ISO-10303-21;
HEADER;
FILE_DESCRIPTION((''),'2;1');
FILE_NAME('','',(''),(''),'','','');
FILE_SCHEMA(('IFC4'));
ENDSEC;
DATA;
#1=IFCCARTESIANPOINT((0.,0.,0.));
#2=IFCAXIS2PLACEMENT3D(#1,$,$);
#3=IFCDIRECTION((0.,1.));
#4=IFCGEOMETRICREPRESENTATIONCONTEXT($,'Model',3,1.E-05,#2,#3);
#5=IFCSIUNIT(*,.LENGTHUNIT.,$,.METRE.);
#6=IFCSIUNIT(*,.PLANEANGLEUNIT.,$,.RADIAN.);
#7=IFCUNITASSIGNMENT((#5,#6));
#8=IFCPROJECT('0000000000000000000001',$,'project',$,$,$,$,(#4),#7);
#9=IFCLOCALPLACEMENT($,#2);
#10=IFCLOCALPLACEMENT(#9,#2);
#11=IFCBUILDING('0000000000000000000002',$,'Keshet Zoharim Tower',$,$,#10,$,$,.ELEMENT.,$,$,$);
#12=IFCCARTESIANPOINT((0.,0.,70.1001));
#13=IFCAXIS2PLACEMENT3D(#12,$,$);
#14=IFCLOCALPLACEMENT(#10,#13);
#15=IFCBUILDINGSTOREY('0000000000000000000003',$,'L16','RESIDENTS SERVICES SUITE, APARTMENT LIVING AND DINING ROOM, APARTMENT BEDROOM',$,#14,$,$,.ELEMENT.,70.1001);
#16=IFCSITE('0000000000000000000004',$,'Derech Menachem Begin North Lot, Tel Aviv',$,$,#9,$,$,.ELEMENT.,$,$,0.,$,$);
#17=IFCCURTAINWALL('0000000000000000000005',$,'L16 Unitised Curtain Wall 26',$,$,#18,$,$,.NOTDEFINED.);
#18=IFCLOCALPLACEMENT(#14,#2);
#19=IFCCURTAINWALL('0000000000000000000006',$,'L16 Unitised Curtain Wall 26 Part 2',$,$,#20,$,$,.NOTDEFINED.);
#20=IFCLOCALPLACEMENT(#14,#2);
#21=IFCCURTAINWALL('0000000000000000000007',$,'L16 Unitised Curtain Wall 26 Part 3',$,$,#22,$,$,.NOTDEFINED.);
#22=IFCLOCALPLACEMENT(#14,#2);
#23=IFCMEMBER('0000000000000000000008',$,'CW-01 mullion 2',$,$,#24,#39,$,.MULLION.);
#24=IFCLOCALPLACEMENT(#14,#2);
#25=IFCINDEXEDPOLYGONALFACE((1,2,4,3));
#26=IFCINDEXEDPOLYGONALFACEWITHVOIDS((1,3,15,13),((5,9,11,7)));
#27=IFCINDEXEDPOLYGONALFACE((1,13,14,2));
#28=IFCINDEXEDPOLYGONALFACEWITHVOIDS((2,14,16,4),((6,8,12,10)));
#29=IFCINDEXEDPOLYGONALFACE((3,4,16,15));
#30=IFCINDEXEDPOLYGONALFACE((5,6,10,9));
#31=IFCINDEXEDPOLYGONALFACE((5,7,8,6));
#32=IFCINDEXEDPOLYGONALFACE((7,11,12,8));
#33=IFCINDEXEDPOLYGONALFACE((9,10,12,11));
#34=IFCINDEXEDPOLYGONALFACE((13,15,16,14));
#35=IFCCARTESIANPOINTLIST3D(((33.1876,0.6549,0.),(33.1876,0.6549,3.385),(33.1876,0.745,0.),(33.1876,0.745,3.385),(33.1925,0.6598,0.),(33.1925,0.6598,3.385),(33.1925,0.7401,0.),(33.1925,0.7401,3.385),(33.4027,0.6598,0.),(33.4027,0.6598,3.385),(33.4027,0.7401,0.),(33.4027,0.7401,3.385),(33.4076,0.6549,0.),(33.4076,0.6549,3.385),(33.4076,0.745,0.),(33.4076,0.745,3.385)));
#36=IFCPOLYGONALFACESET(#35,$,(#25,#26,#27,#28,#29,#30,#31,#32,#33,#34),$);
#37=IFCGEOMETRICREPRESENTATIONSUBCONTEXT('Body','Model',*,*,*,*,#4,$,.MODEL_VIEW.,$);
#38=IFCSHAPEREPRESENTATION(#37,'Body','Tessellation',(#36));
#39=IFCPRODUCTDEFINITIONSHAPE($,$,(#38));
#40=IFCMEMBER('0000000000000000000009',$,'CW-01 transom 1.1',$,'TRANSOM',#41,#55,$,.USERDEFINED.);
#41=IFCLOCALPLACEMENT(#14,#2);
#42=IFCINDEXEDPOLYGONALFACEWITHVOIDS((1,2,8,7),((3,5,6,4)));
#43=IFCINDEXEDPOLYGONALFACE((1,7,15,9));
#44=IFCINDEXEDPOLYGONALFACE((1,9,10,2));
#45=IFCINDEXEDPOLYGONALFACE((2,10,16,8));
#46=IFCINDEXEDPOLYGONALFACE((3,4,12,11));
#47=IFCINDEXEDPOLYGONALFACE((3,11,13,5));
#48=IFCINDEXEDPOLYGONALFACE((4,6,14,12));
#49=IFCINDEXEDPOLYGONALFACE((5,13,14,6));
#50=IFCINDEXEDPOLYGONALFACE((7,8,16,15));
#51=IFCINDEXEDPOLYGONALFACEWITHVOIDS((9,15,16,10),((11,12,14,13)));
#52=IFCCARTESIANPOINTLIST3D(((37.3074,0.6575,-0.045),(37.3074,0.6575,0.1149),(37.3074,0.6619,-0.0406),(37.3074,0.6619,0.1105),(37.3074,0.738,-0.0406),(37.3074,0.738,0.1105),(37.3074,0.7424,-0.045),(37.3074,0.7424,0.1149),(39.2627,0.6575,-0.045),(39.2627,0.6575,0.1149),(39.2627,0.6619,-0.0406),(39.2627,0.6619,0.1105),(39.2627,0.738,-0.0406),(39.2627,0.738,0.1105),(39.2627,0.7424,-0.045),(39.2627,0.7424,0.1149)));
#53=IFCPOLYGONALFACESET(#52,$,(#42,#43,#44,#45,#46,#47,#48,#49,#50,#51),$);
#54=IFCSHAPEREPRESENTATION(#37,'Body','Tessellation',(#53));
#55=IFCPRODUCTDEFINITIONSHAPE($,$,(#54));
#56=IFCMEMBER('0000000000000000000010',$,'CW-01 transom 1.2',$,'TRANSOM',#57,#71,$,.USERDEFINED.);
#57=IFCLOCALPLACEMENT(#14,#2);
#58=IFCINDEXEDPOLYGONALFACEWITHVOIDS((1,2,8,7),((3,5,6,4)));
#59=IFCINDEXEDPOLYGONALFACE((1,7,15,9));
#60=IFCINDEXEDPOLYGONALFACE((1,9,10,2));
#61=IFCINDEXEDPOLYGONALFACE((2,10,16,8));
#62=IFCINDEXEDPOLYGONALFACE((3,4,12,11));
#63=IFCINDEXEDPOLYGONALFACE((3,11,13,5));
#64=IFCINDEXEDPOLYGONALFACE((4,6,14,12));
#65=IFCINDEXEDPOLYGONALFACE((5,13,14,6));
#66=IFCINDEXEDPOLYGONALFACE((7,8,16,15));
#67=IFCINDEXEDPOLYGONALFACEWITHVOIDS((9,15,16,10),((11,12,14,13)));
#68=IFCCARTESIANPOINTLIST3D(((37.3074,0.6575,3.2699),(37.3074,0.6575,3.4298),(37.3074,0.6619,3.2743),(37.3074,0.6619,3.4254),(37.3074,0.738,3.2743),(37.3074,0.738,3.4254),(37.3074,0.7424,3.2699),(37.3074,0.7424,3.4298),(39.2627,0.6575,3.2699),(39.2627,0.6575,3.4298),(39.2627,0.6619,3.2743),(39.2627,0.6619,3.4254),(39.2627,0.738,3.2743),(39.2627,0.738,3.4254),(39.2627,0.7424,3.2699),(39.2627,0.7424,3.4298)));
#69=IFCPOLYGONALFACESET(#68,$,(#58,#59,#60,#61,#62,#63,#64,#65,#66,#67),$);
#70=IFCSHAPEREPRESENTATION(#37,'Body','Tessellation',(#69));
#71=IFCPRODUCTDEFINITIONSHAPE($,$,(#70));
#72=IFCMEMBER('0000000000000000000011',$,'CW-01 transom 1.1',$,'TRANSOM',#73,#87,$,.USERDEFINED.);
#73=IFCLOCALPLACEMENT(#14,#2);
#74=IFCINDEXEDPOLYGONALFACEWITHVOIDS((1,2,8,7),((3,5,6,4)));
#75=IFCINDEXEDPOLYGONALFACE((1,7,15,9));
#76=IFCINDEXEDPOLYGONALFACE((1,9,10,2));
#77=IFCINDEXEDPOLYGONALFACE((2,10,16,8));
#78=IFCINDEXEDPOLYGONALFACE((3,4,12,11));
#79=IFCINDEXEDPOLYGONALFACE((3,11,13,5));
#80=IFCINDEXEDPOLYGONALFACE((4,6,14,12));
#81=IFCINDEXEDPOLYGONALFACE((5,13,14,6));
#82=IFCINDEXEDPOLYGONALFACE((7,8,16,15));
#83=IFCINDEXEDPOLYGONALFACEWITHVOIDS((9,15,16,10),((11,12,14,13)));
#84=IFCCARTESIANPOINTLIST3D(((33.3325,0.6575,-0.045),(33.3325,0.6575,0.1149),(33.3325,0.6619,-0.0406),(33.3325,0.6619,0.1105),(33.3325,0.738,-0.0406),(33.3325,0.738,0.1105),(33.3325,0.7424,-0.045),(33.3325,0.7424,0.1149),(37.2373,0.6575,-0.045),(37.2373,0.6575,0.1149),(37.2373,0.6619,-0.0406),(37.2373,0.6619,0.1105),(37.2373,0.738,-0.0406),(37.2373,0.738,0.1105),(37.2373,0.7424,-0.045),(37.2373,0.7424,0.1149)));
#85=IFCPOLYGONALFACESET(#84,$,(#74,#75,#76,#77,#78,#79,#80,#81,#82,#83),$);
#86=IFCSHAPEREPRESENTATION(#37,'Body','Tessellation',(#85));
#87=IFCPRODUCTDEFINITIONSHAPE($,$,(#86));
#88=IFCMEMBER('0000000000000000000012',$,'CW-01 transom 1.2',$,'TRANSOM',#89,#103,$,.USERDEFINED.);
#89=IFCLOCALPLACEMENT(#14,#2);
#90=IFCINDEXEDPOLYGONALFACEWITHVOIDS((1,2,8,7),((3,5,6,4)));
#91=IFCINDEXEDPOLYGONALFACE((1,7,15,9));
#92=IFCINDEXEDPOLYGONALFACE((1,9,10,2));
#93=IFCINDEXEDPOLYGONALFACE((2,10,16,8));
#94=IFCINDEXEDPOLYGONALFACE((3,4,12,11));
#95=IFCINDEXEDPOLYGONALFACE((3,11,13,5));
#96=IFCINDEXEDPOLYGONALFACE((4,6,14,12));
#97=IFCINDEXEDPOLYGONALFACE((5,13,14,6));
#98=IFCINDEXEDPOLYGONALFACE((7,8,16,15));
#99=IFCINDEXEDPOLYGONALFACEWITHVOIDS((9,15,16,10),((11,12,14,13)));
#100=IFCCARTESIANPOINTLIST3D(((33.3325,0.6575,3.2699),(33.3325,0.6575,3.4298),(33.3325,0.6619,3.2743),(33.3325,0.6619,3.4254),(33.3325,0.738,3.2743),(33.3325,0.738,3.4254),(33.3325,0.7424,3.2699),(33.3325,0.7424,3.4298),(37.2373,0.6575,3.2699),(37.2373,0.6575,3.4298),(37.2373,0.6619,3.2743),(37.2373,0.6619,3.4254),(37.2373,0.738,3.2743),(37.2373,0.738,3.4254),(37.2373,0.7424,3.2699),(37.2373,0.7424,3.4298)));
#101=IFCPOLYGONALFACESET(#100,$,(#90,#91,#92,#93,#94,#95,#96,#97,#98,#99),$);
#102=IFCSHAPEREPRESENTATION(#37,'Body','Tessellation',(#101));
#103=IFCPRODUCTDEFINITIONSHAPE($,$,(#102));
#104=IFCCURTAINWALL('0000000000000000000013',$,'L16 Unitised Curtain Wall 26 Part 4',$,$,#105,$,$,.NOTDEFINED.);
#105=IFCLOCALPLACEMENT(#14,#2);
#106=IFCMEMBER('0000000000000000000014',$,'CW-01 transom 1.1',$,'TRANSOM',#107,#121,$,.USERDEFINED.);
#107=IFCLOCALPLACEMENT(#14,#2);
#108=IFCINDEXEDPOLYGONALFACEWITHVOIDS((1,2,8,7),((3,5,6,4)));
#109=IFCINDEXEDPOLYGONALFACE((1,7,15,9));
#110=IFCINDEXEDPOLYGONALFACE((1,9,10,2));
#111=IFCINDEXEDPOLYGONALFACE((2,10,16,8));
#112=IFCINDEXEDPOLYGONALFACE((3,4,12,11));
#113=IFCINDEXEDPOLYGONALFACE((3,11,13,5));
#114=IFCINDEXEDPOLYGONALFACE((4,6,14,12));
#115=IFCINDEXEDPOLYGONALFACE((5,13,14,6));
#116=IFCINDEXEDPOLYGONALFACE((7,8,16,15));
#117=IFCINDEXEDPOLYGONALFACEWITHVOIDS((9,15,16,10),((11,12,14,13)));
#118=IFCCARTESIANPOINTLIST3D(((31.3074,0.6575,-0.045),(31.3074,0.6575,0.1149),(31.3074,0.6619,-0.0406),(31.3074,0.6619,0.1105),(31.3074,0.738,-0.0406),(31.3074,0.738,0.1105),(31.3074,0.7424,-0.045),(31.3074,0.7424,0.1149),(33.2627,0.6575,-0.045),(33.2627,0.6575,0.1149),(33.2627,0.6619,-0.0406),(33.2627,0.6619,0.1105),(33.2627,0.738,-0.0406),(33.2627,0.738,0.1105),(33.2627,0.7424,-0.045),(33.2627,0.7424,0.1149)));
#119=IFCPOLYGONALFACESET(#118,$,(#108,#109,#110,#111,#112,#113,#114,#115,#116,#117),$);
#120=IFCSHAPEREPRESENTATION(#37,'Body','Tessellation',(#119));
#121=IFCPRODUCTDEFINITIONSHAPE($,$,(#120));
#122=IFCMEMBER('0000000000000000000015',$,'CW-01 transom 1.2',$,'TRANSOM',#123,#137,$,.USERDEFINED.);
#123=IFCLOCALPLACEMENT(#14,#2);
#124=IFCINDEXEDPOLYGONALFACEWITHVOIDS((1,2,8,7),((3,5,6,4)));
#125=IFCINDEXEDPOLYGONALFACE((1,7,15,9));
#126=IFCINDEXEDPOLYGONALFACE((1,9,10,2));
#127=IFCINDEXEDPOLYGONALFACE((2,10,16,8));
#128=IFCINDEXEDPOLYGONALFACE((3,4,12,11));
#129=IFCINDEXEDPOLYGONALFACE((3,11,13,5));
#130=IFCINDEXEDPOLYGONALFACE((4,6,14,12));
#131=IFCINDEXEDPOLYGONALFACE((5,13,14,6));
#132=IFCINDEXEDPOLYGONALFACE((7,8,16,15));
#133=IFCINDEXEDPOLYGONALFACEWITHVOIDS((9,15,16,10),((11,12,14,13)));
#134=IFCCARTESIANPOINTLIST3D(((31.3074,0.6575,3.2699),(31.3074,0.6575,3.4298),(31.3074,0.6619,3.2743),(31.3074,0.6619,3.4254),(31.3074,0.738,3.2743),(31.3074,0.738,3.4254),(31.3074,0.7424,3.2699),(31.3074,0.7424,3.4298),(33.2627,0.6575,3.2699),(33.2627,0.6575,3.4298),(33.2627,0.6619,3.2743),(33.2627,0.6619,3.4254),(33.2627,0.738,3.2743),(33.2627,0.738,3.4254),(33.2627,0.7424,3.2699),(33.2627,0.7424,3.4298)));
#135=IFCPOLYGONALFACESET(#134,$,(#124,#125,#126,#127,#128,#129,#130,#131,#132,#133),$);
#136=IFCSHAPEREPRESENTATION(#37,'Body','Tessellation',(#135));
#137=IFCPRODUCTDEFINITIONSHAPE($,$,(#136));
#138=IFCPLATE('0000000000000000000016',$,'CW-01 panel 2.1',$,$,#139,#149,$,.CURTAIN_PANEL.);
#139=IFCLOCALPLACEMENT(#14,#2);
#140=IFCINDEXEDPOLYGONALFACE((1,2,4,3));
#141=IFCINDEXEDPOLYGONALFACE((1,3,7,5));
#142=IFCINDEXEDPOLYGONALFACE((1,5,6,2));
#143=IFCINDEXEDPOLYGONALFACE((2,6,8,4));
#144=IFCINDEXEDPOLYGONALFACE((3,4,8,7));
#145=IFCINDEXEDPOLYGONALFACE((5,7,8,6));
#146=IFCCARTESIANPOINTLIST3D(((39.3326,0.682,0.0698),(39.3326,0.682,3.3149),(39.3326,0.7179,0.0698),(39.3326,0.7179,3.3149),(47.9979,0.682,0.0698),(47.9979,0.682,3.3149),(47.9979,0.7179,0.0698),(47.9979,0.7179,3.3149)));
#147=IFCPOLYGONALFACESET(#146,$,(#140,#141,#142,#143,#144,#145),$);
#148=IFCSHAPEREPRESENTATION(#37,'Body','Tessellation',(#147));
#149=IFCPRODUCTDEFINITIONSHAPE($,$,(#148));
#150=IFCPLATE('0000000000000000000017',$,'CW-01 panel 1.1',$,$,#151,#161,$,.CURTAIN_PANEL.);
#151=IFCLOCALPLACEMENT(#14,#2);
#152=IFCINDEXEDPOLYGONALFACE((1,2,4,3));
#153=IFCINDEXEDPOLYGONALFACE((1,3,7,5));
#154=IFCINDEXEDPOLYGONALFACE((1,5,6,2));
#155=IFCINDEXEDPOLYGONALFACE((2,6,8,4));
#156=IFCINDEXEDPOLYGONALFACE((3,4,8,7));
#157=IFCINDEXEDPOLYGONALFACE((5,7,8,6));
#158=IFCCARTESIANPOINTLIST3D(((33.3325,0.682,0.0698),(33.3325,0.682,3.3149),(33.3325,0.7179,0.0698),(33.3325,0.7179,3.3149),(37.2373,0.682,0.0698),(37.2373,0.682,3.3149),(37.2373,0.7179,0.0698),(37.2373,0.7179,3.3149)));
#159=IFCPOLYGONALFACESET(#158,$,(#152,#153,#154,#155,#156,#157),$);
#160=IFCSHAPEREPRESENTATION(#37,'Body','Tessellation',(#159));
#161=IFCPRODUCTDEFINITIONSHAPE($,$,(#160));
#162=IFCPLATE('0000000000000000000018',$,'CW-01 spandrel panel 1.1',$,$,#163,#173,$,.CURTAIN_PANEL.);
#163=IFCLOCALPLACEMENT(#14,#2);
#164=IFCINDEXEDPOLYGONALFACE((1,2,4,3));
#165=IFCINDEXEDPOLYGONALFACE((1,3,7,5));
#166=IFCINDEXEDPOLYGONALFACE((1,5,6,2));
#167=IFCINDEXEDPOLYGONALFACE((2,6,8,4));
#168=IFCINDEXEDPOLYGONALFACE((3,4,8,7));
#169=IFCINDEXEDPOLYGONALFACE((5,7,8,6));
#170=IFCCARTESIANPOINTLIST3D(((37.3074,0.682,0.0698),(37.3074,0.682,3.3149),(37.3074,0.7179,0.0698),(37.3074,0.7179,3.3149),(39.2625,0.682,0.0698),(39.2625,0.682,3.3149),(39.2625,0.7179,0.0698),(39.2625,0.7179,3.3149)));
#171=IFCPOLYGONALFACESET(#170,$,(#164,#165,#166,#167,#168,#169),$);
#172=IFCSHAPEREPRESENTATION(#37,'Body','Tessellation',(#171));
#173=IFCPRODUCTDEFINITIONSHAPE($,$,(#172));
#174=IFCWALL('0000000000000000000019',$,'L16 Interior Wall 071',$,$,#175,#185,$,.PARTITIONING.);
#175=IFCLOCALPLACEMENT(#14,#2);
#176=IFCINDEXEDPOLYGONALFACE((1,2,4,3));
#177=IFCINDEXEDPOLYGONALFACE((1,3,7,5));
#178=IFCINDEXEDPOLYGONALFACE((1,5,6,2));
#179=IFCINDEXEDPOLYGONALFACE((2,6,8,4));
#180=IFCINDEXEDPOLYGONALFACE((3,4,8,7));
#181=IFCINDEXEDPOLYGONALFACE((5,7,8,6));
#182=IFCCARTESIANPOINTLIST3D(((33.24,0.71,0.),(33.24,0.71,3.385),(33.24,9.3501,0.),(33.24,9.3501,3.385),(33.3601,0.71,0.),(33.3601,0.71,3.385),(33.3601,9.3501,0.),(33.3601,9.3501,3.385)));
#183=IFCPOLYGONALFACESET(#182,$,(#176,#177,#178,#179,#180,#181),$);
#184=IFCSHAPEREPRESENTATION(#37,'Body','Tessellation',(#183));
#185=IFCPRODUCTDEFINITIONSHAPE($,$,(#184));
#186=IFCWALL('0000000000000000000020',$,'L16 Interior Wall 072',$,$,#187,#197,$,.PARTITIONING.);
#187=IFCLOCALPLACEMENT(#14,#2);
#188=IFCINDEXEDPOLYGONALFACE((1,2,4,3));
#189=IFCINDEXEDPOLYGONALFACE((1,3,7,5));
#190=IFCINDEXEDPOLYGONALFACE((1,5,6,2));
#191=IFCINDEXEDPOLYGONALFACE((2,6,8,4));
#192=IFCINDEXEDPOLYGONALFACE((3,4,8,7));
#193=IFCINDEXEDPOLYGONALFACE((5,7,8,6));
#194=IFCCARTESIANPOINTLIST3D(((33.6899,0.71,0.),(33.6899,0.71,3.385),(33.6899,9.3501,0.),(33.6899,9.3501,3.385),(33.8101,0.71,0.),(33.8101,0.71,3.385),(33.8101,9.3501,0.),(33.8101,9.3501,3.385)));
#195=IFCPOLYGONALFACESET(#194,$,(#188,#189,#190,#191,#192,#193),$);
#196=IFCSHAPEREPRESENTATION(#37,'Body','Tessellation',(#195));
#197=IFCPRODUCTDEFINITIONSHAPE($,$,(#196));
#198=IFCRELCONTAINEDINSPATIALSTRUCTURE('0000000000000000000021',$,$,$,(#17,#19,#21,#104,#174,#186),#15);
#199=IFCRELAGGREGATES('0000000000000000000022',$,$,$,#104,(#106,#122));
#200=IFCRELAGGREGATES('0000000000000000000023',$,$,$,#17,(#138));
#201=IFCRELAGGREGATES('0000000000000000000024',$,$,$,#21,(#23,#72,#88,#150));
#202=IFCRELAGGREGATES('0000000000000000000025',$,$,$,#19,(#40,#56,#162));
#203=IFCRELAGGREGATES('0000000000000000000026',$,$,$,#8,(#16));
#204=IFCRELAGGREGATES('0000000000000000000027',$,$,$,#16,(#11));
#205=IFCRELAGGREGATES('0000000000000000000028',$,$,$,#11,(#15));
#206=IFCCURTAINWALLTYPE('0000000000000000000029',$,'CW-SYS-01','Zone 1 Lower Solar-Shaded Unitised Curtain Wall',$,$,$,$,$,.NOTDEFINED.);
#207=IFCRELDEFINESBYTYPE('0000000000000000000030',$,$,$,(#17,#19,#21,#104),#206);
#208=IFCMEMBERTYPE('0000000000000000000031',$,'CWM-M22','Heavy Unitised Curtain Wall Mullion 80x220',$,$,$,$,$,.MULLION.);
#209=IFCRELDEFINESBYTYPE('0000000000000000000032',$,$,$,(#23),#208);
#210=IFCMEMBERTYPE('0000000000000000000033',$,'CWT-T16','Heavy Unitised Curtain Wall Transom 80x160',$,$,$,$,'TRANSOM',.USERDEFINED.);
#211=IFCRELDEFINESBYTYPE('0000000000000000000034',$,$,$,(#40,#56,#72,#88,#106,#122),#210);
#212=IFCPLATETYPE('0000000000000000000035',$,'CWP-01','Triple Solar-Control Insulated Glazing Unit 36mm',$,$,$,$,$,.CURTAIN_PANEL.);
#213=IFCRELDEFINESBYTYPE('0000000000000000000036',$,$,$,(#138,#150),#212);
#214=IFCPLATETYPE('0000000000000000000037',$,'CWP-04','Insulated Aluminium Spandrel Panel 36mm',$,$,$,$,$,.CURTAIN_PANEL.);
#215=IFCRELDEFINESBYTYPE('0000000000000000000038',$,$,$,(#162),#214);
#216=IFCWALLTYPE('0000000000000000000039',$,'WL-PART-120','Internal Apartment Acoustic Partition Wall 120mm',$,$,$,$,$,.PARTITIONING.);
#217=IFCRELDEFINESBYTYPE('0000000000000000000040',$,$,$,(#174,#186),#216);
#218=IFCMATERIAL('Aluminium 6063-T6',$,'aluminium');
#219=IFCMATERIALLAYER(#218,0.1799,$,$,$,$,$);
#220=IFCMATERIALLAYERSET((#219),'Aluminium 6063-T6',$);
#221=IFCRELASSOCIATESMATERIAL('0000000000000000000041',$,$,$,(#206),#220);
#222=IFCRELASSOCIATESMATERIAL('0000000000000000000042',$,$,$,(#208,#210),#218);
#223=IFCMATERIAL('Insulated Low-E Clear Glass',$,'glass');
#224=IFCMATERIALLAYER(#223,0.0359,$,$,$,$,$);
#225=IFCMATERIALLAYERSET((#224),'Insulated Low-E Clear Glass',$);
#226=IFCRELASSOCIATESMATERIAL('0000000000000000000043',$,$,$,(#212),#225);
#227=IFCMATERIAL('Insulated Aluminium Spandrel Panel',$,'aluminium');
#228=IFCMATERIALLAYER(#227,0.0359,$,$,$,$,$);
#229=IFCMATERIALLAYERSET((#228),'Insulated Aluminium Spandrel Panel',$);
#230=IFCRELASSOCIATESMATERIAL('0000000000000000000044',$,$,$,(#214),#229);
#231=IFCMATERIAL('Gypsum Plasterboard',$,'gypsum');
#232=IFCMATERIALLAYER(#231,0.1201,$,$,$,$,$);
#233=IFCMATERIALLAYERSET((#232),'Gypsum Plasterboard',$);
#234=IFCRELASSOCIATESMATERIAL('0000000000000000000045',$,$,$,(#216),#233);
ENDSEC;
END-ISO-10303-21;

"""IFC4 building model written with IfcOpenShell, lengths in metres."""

from ifc_helpers import new_model, si_unit, direction, frame, frame_2d, origin, origin_2d, place, context, subcontext, project, spatial, rectangle, hollow_rectangle, extrude, material, layer, layer_set, material_profile, profile_set, type_object, element, aggregate, save


model = new_model("IFC4")

# Units and contexts
model_context = context("Model", 3, precision=1e-05, world=origin(), true_north=direction((0.0, 1.0)))
body_context = subcontext(model_context, "Body", "Model", "MODEL_VIEW")
ifc_project = project(units=[si_unit("LENGTHUNIT", "METRE"), si_unit("PLANEANGLEUNIT", "RADIAN")], contexts=[model_context])

# Site, building, storey
site_placement = place(None, origin())
site = spatial("IfcSite", under=ifc_project, at=site_placement, Name="Derech Menachem Begin North Lot, Tel Aviv", CompositionType="ELEMENT", RefElevation=0.0)
building_placement = place(site_placement, origin())
building = spatial("IfcBuilding", under=site, at=building_placement, Name="Keshet Zoharim Tower", CompositionType="ELEMENT")
storey_placement = place(building_placement, frame((0.0, 0.0, 70.1001)))
storey = spatial("IfcBuildingStorey", under=building, at=storey_placement, Name="L16", Description="RESIDENTS SERVICES SUITE, APARTMENT LIVING AND DINING ROOM, APARTMENT BEDROOM", CompositionType="ELEMENT", Elevation=70.1001)

# Curtain walls, member
ifc_material_1 = material(Name="Aluminium 6063-T6", Category="aluminium")
ifc_layer_1 = layer(ifc_material_1, 0.1799)
ifc_layer_set_1 = layer_set([ifc_layer_1], Name="Aluminium 6063-T6")
curtain_wall_type = type_object("IfcCurtainWallType", Name="CW-SYS-01", Description="Zone 1 Lower Solar-Shaded Unitised Curtain Wall", PredefinedType="NOTDEFINED", material=ifc_layer_set_1)
curtain_wall_1_placement = place(storey_placement, origin())
curtain_wall_1 = element("IfcCurtainWall", 1, at=curtain_wall_1_placement, inside=storey, type_object=curtain_wall_type, Name="L16 Unitised Curtain Wall 26", PredefinedType="NOTDEFINED")
ifc_material_profile_1 = material_profile(ifc_material_1, hollow_rectangle(XDim=0.0901, YDim=0.22, WallThickness=0.0049, at=origin_2d()), Name="MUL-90x220")
ifc_profile_set_1 = profile_set([ifc_material_profile_1], Name="Aluminium 6063-T6")
member_type_1 = type_object("IfcMemberType", Name="CWM-M22", Description="Heavy Unitised Curtain Wall Mullion 80x220", PredefinedType="MULLION", material=ifc_profile_set_1)
curtain_wall_2_placement = place(storey_placement, origin())
curtain_wall_2 = element("IfcCurtainWall", 2, at=curtain_wall_2_placement, inside=storey, type_object=curtain_wall_type, Name="L16 Unitised Curtain Wall 26 Part 2", PredefinedType="NOTDEFINED")
curtain_wall_3_placement = place(storey_placement, origin())
curtain_wall_3 = element("IfcCurtainWall", 3, at=curtain_wall_3_placement, inside=storey, type_object=curtain_wall_type, Name="L16 Unitised Curtain Wall 26 Part 3", PredefinedType="NOTDEFINED")
member_1_placement = place(storey_placement, frame((33.2976, 0.7, 0.0), z_axis=(0.0, 0.0, 1.0), x_axis=(0.0, -1.0, 0.0)))
member_1 = element("IfcMember", 4, at=member_1_placement, type_object=member_type_1, Name="CW-01 mullion 2", PredefinedType="MULLION", context=body_context, shape_type="SweptSolid", body=[
    extrude(hollow_rectangle(XDim=0.0901, YDim=0.22, WallThickness=0.0049, at=origin_2d()), origin(), (0.0, 0.0, 1.0), 3.385),
])

# Members
ifc_material_profile_2 = material_profile(ifc_material_1, hollow_rectangle(XDim=0.085, YDim=0.1599, WallThickness=0.0044, at=origin_2d()), Name="TRN-85x160")
ifc_profile_set_2 = profile_set([ifc_material_profile_2], Name="Aluminium 6063-T6")
member_type_2 = type_object("IfcMemberType", Name="CWT-T16", Description="Heavy Unitised Curtain Wall Transom 80x160", ElementType="TRANSOM", PredefinedType="USERDEFINED", material=ifc_profile_set_2)
member_2_placement = place(storey_placement, frame((39.2627, 0.7, 0.0349), z_axis=(-1.0, 0.0, 0.0), x_axis=(0.0, -1.0, 0.0)))
member_2 = element("IfcMember", 5, at=member_2_placement, type_object=member_type_2, Name="CW-01 transom 1.1", ObjectType="TRANSOM", PredefinedType="USERDEFINED", context=body_context, shape_type="SweptSolid", body=[
    extrude(hollow_rectangle(XDim=0.085, YDim=0.1599, WallThickness=0.0044, at=origin_2d()), origin(), (0.0, 0.0, 1.0), 1.9553),
])
member_3_placement = place(storey_placement, frame((39.2627, 0.7, 3.3499), z_axis=(-1.0, 0.0, 0.0), x_axis=(0.0, -1.0, 0.0)))
member_3 = element("IfcMember", 6, at=member_3_placement, type_object=member_type_2, Name="CW-01 transom 1.2", ObjectType="TRANSOM", PredefinedType="USERDEFINED", context=body_context, shape_type="SweptSolid", body=[
    extrude(hollow_rectangle(XDim=0.085, YDim=0.1599, WallThickness=0.0044, at=origin_2d()), origin(), (0.0, 0.0, 1.0), 1.9553),
])
member_4_placement = place(storey_placement, frame((37.2373, 0.7, 0.0349), z_axis=(-1.0, 0.0, 0.0), x_axis=(0.0, -1.0, 0.0)))
member_4 = element("IfcMember", 7, at=member_4_placement, type_object=member_type_2, Name="CW-01 transom 1.1", ObjectType="TRANSOM", PredefinedType="USERDEFINED", context=body_context, shape_type="SweptSolid", body=[
    extrude(hollow_rectangle(XDim=0.085, YDim=0.1599, WallThickness=0.0044, at=origin_2d()), origin(), (0.0, 0.0, 1.0), 3.9048),
])
member_5_placement = place(storey_placement, frame((37.2373, 0.7, 3.3499), z_axis=(-1.0, 0.0, 0.0), x_axis=(0.0, -1.0, 0.0)))
member_5 = element("IfcMember", 8, at=member_5_placement, type_object=member_type_2, Name="CW-01 transom 1.2", ObjectType="TRANSOM", PredefinedType="USERDEFINED", context=body_context, shape_type="SweptSolid", body=[
    extrude(hollow_rectangle(XDim=0.085, YDim=0.1599, WallThickness=0.0044, at=origin_2d()), origin(), (0.0, 0.0, 1.0), 3.9048),
])

# Curtain wall, members
curtain_wall_4_placement = place(storey_placement, origin())
curtain_wall_4 = element("IfcCurtainWall", 9, at=curtain_wall_4_placement, inside=storey, type_object=curtain_wall_type, Name="L16 Unitised Curtain Wall 26 Part 4", PredefinedType="NOTDEFINED")
member_6_placement = place(storey_placement, frame((33.2627, 0.7, 0.0349), z_axis=(-1.0, 0.0, 0.0), x_axis=(0.0, -1.0, 0.0)))
member_6 = element("IfcMember", 10, at=member_6_placement, type_object=member_type_2, Name="CW-01 transom 1.1", ObjectType="TRANSOM", PredefinedType="USERDEFINED", context=body_context, shape_type="SweptSolid", body=[
    extrude(hollow_rectangle(XDim=0.085, YDim=0.1599, WallThickness=0.0044, at=origin_2d()), origin(), (0.0, 0.0, 1.0), 1.9553),
])
member_7_placement = place(storey_placement, frame((33.2627, 0.7, 3.3499), z_axis=(-1.0, 0.0, 0.0), x_axis=(0.0, -1.0, 0.0)))
member_7 = element("IfcMember", 11, at=member_7_placement, type_object=member_type_2, Name="CW-01 transom 1.2", ObjectType="TRANSOM", PredefinedType="USERDEFINED", context=body_context, shape_type="SweptSolid", body=[
    extrude(hollow_rectangle(XDim=0.085, YDim=0.1599, WallThickness=0.0044, at=origin_2d()), origin(), (0.0, 0.0, 1.0), 1.9553),
])
aggregate(curtain_wall_4, [member_6, member_7])

# Plates
ifc_material_2 = material(Name="Insulated Low-E Clear Glass", Category="glass")
ifc_layer_2 = layer(ifc_material_2, 0.0359)
ifc_layer_set_2 = layer_set([ifc_layer_2], Name="Insulated Low-E Clear Glass")
plate_type_1 = type_object("IfcPlateType", Name="CWP-01", Description="Triple Solar-Control Insulated Glazing Unit 36mm", PredefinedType="CURTAIN_PANEL", material=ifc_layer_set_2)
plate_1_placement = place(storey_placement, frame((43.6653, 0.7, 0.0698), z_axis=(0.0, 0.0, 1.0), x_axis=(-1.0, 0.0, 0.0)))
plate_1 = element("IfcPlate", 12, at=plate_1_placement, type_object=plate_type_1, Name="CW-01 panel 2.1", PredefinedType="CURTAIN_PANEL", context=body_context, shape_type="SweptSolid", body=[
    extrude(rectangle(XDim=8.6653, YDim=0.0359, at=origin_2d()), origin(), (0.0, 0.0, 1.0), 3.2451),
])
aggregate(curtain_wall_1, [plate_1])
plate_2_placement = place(storey_placement, frame((35.2849, 0.7, 0.0698), z_axis=(0.0, 0.0, 1.0), x_axis=(-1.0, 0.0, 0.0)))
plate_2 = element("IfcPlate", 13, at=plate_2_placement, type_object=plate_type_1, Name="CW-01 panel 1.1", PredefinedType="CURTAIN_PANEL", context=body_context, shape_type="SweptSolid", body=[
    extrude(rectangle(XDim=3.9048, YDim=0.0359, at=origin_2d()), origin(), (0.0, 0.0, 1.0), 3.2451),
])
aggregate(curtain_wall_3, [member_1, member_4, member_5, plate_2])
ifc_material_3 = material(Name="Insulated Aluminium Spandrel Panel", Category="aluminium")
ifc_layer_3 = layer(ifc_material_3, 0.0359)
ifc_layer_set_3 = layer_set([ifc_layer_3], Name="Insulated Aluminium Spandrel Panel")
plate_type_2 = type_object("IfcPlateType", Name="CWP-04", Description="Insulated Aluminium Spandrel Panel 36mm", PredefinedType="CURTAIN_PANEL", material=ifc_layer_set_3)
plate_3_placement = place(storey_placement, frame((38.2849, 0.7, 0.0698), z_axis=(0.0, 0.0, 1.0), x_axis=(-1.0, 0.0, 0.0)))
plate_3 = element("IfcPlate", 14, at=plate_3_placement, type_object=plate_type_2, Name="CW-01 spandrel panel 1.1", PredefinedType="CURTAIN_PANEL", context=body_context, shape_type="SweptSolid", body=[
    extrude(rectangle(XDim=1.9551, YDim=0.0359, at=origin_2d()), origin(), (0.0, 0.0, 1.0), 3.2451),
])
aggregate(curtain_wall_2, [member_2, member_3, plate_3])

# Walls
ifc_material_4 = material(Name="Gypsum Plasterboard", Category="gypsum")
ifc_layer_4 = layer(ifc_material_4, 0.1201)
ifc_layer_set_4 = layer_set([ifc_layer_4], Name="Gypsum Plasterboard")
wall_type = type_object("IfcWallType", Name="WL-PART-120", Description="Internal Apartment Acoustic Partition Wall 120mm", PredefinedType="PARTITIONING", material=ifc_layer_set_4)
for number, where, z_axis, x_axis, name in (
    (15, (33.3, 0.71, 0.0), (0.0, 0.0, 1.0), (0.0, 1.0, 0.0), "L16 Interior Wall 071"),
    (16, (33.75, 0.71, 0.0), (0.0, 0.0, 1.0), (0.0, 1.0, 0.0), "L16 Interior Wall 072"),
):
    element("IfcWall", number, at=place(storey_placement, frame(where, z_axis=z_axis, x_axis=x_axis)), inside=storey, type_object=wall_type, Name=name, PredefinedType="PARTITIONING", context=body_context, shape_type="SweptSolid", body=[
        extrude(rectangle(XDim=8.6401, YDim=0.1201, at=frame_2d((4.3201, 0.0))), origin(), (0.0, 0.0, 1.0), 3.385),
    ])

save(model, "model.ifc")
